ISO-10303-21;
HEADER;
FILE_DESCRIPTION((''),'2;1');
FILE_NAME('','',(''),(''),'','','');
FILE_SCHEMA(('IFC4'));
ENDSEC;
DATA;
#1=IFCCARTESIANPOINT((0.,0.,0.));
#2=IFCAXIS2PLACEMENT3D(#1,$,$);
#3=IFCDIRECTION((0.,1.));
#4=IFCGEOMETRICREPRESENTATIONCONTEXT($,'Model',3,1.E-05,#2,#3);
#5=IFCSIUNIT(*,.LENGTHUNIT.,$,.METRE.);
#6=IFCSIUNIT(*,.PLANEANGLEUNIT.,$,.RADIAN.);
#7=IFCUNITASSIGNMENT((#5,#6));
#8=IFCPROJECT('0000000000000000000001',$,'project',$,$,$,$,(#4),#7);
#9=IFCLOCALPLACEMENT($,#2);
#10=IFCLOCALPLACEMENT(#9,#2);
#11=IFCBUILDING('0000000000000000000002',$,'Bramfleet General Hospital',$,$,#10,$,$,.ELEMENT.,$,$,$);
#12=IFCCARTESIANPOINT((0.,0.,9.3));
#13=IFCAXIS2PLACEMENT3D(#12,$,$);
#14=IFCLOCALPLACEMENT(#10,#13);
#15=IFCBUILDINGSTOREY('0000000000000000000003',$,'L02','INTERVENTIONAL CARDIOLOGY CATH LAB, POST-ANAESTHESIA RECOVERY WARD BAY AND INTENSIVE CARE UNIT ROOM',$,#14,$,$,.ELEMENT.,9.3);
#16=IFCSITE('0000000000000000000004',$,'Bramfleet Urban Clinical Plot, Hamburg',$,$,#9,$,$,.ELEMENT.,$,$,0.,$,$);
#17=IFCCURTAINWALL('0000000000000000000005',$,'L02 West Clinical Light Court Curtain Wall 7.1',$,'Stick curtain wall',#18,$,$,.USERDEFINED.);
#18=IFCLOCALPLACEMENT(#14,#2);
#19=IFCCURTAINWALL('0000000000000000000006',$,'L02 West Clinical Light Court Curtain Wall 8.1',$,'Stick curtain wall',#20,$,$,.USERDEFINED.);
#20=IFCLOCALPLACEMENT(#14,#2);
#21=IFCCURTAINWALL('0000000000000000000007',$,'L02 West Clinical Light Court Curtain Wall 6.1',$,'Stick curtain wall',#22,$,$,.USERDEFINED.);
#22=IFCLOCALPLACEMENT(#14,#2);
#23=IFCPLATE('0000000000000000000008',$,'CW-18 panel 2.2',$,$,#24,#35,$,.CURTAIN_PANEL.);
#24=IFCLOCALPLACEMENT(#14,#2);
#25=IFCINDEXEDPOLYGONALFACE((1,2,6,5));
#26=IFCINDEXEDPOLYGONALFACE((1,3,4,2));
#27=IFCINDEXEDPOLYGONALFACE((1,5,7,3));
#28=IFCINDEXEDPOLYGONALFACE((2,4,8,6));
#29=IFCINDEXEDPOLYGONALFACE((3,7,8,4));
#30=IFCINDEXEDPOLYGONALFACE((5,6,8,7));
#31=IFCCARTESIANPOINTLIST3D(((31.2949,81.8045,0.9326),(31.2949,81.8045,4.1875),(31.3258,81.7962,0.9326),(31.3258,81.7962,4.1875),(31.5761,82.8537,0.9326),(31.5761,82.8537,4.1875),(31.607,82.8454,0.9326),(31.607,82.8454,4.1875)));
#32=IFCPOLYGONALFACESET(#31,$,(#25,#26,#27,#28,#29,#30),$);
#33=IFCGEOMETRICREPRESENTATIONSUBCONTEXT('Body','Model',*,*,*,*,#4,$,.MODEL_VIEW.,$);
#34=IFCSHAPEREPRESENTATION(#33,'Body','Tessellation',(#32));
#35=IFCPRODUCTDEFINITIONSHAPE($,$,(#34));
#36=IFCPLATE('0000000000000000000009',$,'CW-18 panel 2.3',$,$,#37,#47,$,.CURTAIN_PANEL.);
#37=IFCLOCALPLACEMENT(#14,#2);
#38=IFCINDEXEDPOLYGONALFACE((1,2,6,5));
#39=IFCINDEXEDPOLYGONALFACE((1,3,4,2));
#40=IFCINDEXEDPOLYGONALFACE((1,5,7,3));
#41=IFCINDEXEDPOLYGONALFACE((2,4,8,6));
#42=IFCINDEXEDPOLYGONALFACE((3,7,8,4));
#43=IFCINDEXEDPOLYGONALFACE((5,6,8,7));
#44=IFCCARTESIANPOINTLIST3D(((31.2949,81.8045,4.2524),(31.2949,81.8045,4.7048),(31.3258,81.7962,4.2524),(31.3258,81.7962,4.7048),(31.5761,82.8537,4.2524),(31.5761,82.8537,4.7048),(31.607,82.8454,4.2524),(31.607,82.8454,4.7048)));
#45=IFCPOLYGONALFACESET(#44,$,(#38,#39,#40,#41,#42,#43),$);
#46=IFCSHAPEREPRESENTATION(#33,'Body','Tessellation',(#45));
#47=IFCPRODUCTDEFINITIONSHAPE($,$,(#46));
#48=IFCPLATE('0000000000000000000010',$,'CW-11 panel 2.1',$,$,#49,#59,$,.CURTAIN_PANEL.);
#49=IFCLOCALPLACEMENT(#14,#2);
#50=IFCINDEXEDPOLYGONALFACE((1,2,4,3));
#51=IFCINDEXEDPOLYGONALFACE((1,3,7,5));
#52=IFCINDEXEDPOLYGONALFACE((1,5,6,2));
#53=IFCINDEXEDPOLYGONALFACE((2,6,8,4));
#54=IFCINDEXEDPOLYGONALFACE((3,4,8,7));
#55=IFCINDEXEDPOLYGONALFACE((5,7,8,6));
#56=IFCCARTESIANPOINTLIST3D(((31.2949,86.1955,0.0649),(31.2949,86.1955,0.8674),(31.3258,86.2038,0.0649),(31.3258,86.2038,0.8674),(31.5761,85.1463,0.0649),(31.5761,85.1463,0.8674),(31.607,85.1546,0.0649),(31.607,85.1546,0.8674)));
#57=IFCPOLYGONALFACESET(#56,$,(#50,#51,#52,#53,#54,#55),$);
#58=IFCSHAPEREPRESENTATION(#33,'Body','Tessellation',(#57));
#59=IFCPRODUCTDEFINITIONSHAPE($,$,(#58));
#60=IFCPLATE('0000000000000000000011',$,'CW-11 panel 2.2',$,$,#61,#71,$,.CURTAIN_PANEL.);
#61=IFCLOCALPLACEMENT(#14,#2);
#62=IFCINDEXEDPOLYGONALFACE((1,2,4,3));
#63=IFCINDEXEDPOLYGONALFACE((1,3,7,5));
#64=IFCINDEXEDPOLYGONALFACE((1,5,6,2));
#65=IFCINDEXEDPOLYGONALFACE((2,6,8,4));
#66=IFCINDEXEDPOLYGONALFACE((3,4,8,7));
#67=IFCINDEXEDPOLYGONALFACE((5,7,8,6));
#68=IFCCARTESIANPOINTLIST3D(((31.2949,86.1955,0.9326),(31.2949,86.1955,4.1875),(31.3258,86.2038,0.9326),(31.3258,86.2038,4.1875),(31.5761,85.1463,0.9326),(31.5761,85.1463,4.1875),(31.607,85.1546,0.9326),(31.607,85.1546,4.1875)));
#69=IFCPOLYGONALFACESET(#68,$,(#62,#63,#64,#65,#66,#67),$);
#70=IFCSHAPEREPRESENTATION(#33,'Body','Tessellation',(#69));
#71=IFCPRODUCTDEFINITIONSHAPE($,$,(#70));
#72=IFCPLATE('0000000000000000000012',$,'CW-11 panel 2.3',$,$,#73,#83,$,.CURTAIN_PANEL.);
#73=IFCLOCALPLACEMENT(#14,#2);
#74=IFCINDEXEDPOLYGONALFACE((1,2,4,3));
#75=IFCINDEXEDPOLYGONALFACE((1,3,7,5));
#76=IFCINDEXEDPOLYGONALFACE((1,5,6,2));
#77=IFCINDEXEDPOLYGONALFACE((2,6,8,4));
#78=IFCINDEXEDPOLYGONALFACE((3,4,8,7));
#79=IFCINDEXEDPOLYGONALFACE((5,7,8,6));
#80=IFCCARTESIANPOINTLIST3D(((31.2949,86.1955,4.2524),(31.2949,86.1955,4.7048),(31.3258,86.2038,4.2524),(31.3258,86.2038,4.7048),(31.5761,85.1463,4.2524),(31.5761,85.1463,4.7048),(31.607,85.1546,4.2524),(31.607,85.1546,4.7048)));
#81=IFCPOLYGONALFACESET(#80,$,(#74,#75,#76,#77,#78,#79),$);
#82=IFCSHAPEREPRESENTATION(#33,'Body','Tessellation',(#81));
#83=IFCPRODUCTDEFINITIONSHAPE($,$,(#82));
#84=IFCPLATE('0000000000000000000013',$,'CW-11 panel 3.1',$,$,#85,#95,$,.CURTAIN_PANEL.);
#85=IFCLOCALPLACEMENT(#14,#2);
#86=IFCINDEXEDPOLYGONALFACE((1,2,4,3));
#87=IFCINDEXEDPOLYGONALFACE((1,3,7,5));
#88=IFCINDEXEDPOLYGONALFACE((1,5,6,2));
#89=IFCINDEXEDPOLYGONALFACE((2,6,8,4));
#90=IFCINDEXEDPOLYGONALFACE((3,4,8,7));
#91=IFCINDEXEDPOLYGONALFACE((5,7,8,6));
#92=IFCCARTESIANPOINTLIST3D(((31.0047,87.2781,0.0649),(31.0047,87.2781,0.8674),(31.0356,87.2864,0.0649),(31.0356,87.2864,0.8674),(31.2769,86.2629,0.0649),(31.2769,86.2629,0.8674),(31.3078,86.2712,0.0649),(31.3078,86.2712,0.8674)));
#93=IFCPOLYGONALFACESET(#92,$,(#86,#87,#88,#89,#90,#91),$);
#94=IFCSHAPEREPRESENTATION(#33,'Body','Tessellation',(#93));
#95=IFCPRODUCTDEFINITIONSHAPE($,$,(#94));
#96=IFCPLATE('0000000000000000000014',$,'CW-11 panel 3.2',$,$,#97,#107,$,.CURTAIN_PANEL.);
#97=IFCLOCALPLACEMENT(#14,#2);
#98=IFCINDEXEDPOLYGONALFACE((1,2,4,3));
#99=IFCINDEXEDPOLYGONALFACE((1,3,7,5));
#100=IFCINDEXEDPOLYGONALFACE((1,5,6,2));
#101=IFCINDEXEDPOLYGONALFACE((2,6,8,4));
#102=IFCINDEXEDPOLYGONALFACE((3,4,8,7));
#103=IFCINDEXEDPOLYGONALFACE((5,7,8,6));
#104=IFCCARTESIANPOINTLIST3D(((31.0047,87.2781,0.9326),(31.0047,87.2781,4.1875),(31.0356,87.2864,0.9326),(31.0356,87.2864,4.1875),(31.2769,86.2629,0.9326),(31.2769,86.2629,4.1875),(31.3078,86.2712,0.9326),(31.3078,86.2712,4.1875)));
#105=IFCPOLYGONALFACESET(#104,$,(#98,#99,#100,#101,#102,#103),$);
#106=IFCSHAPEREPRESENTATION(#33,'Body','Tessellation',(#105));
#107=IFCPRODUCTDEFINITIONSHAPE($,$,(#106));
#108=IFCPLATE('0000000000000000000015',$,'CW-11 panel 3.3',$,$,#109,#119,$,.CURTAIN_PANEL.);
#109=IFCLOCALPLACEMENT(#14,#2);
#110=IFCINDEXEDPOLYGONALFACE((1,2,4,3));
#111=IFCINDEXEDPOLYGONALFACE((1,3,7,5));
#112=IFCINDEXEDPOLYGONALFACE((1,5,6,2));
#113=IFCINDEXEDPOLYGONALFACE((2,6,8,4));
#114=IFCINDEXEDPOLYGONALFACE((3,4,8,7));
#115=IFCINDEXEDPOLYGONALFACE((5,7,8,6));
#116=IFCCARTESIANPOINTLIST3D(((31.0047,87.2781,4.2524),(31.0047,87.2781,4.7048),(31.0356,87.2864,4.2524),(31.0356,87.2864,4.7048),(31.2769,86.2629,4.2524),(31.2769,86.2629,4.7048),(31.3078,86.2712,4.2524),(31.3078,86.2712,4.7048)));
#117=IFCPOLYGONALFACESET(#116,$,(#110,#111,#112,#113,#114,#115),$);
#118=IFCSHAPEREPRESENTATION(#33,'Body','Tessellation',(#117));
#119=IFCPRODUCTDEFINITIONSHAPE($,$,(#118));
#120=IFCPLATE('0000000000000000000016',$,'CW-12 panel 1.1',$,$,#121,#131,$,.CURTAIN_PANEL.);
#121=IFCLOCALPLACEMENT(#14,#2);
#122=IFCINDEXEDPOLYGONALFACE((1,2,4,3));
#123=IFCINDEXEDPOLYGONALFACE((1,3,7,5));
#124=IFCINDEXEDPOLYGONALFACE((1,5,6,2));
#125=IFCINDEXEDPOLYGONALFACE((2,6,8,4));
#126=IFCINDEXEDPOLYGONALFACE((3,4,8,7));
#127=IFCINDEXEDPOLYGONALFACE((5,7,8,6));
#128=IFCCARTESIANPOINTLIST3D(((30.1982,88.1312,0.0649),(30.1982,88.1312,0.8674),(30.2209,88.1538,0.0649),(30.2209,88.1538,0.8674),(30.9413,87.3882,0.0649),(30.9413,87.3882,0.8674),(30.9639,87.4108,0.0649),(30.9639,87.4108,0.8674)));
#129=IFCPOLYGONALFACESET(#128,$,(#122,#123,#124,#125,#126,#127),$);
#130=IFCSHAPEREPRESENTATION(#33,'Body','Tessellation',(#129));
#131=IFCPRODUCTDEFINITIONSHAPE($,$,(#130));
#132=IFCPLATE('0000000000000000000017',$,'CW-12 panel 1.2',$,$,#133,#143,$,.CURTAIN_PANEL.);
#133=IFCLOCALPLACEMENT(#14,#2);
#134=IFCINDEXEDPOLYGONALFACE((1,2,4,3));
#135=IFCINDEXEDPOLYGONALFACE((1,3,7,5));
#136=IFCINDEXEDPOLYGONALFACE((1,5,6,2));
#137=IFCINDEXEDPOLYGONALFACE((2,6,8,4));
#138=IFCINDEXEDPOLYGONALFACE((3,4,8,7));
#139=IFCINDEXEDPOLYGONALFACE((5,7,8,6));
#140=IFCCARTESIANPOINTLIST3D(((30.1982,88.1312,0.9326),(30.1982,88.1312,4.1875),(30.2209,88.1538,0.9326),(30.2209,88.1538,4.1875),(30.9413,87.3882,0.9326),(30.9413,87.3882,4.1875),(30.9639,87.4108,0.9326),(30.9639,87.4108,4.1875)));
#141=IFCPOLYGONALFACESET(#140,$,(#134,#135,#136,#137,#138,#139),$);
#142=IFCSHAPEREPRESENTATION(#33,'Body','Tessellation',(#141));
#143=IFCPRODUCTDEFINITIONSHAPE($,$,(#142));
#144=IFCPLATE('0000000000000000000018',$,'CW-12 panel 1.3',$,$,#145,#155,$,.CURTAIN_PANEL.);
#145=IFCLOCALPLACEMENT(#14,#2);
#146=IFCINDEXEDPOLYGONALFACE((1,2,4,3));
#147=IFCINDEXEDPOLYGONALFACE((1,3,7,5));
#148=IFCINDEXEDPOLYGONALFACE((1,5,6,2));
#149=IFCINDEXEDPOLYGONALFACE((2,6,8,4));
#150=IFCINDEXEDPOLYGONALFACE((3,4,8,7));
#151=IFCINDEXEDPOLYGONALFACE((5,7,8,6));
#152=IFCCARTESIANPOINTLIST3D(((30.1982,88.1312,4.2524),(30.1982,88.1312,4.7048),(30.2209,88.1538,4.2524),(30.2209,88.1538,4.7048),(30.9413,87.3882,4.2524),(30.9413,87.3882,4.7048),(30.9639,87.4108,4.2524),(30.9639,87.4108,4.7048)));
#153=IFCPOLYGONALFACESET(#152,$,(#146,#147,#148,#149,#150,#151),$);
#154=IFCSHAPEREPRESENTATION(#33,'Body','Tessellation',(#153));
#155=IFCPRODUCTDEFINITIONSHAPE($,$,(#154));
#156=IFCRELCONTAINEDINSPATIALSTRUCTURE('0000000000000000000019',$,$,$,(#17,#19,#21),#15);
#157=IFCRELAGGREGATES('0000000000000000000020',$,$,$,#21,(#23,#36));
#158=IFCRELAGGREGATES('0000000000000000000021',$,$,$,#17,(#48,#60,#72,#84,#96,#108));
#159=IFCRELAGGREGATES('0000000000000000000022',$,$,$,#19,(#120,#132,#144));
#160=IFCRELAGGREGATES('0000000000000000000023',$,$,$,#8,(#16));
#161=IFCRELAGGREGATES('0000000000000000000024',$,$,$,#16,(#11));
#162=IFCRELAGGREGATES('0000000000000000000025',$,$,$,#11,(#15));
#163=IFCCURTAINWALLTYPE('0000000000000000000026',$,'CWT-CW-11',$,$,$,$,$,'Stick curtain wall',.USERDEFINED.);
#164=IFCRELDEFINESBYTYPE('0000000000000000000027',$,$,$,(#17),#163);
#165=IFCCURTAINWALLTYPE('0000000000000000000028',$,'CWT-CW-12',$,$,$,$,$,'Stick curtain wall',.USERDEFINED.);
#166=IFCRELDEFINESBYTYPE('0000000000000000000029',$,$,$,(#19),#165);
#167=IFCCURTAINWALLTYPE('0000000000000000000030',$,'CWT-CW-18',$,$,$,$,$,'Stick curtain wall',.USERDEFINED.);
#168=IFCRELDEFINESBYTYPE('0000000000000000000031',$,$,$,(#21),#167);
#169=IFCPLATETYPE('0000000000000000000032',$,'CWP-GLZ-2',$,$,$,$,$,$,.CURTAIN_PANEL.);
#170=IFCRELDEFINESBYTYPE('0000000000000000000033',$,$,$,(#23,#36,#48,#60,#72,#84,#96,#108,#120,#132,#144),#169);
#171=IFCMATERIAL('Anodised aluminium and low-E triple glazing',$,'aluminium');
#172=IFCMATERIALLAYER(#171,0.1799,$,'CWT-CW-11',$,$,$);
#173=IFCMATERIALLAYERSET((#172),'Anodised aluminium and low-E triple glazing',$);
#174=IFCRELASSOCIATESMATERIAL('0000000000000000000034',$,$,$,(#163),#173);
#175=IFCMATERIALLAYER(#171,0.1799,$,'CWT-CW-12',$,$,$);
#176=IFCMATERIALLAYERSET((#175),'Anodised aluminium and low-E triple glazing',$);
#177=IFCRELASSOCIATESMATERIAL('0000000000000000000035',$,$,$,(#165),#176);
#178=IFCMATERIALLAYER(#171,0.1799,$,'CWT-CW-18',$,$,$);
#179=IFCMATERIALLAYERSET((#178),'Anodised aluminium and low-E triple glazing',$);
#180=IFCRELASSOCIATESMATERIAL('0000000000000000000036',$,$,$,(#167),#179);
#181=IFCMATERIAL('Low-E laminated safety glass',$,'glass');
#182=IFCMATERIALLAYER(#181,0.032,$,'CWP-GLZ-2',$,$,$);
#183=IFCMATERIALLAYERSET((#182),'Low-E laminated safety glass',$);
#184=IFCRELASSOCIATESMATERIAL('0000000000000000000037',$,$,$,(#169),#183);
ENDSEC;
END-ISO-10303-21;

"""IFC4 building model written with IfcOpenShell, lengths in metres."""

from ifc_helpers import new_model, si_unit, direction, frame, origin, origin_2d, place, context, subcontext, project, spatial, rectangle, extrude, material, layer, layer_set, type_object, element, aggregate, save


model = new_model("IFC4")

# Units and contexts
model_context = context("Model", 3, precision=1e-05, world=origin(), true_north=direction((0.0, 1.0)))
body_context = subcontext(model_context, "Body", "Model", "MODEL_VIEW")
ifc_project = project(units=[si_unit("LENGTHUNIT", "METRE"), si_unit("PLANEANGLEUNIT", "RADIAN")], contexts=[model_context])

# Site, building, storey
site_placement = place(None, origin())
site = spatial("IfcSite", under=ifc_project, at=site_placement, Name="Bramfleet Urban Clinical Plot, Hamburg", CompositionType="ELEMENT", RefElevation=0.0)
building_placement = place(site_placement, origin())
building = spatial("IfcBuilding", under=site, at=building_placement, Name="Bramfleet General Hospital", CompositionType="ELEMENT")
storey_placement = place(building_placement, frame((0.0, 0.0, 9.3)))
storey = spatial("IfcBuildingStorey", under=building, at=storey_placement, Name="L02", Description="INTERVENTIONAL CARDIOLOGY CATH LAB, POST-ANAESTHESIA RECOVERY WARD BAY AND INTENSIVE CARE UNIT ROOM", CompositionType="ELEMENT", Elevation=9.3)

# Curtain walls
ifc_material_1 = material(Name="Anodised aluminium and low-E triple glazing", Category="aluminium")
ifc_layer_1 = layer(ifc_material_1, 0.1799, Name="CWT-CW-11")
ifc_layer_set_1 = layer_set([ifc_layer_1], Name="Anodised aluminium and low-E triple glazing")
curtain_wall_type_1 = type_object("IfcCurtainWallType", Name="CWT-CW-11", ElementType="Stick curtain wall", PredefinedType="USERDEFINED", material=ifc_layer_set_1)
curtain_wall_1_placement = place(storey_placement, origin())
curtain_wall_1 = element("IfcCurtainWall", 1, at=curtain_wall_1_placement, inside=storey, type_object=curtain_wall_type_1, Name="L02 West Clinical Light Court Curtain Wall 7.1", ObjectType="Stick curtain wall", PredefinedType="USERDEFINED")
ifc_layer_2 = layer(ifc_material_1, 0.1799, Name="CWT-CW-12")
ifc_layer_set_2 = layer_set([ifc_layer_2], Name="Anodised aluminium and low-E triple glazing")
curtain_wall_type_2 = type_object("IfcCurtainWallType", Name="CWT-CW-12", ElementType="Stick curtain wall", PredefinedType="USERDEFINED", material=ifc_layer_set_2)
curtain_wall_2_placement = place(storey_placement, origin())
curtain_wall_2 = element("IfcCurtainWall", 2, at=curtain_wall_2_placement, inside=storey, type_object=curtain_wall_type_2, Name="L02 West Clinical Light Court Curtain Wall 8.1", ObjectType="Stick curtain wall", PredefinedType="USERDEFINED")

# Curtain wall
ifc_layer_3 = layer(ifc_material_1, 0.1799, Name="CWT-CW-18")
ifc_layer_set_3 = layer_set([ifc_layer_3], Name="Anodised aluminium and low-E triple glazing")
curtain_wall_type_3 = type_object("IfcCurtainWallType", Name="CWT-CW-18", ElementType="Stick curtain wall", PredefinedType="USERDEFINED", material=ifc_layer_set_3)
curtain_wall_3_placement = place(storey_placement, origin())
curtain_wall_3 = element("IfcCurtainWall", 3, at=curtain_wall_3_placement, inside=storey, type_object=curtain_wall_type_3, Name="L02 West Clinical Light Court Curtain Wall 6.1", ObjectType="Stick curtain wall", PredefinedType="USERDEFINED")

# Plates
ifc_material_2 = material(Name="Low-E laminated safety glass", Category="glass")
ifc_layer_4 = layer(ifc_material_2, 0.032, Name="CWP-GLZ-2")
ifc_layer_set_4 = layer_set([ifc_layer_4], Name="Low-E laminated safety glass")
plate_type = type_object("IfcPlateType", Name="CWP-GLZ-2", PredefinedType="CURTAIN_PANEL", material=ifc_layer_set_4)
plate_1_placement = place(storey_placement, frame((31.4509, 82.325, 0.9326), z_axis=(0.0, 0.0, 1.0), x_axis=(0.258919, 0.965899, 0.0)))
plate_1 = element("IfcPlate", 4, at=plate_1_placement, type_object=plate_type, Name="CW-18 panel 2.2", PredefinedType="CURTAIN_PANEL", context=body_context, shape_type="SweptSolid", body=[
    extrude(rectangle(XDim=1.0862, YDim=0.032, at=origin_2d()), origin(), (0.0, 0.0, 1.0), 3.2549),
])
plate_2_placement = place(storey_placement, frame((31.4509, 82.325, 4.2524), z_axis=(0.0, 0.0, 1.0), x_axis=(0.258919, 0.965899, 0.0)))
plate_2 = element("IfcPlate", 5, at=plate_2_placement, type_object=plate_type, Name="CW-18 panel 2.3", PredefinedType="CURTAIN_PANEL", context=body_context, shape_type="SweptSolid", body=[
    extrude(rectangle(XDim=1.0862, YDim=0.032, at=origin_2d()), origin(), (0.0, 0.0, 1.0), 0.4524),
])
aggregate(curtain_wall_3, [plate_1, plate_2])
plate_3_placement = place(storey_placement, frame((31.4509, 85.675, 0.0649), z_axis=(0.0, 0.0, 1.0), x_axis=(-0.258919, 0.965899, 0.0)))
plate_3 = element("IfcPlate", 6, at=plate_3_placement, type_object=plate_type, Name="CW-11 panel 2.1", PredefinedType="CURTAIN_PANEL", context=body_context, shape_type="SweptSolid", body=[
    extrude(rectangle(XDim=1.0862, YDim=0.032, at=origin_2d()), origin(), (0.0, 0.0, 1.0), 0.8025),
])
plate_4_placement = place(storey_placement, frame((31.4509, 85.675, 0.9326), z_axis=(0.0, 0.0, 1.0), x_axis=(-0.258919, 0.965899, 0.0)))
plate_4 = element("IfcPlate", 7, at=plate_4_placement, type_object=plate_type, Name="CW-11 panel 2.2", PredefinedType="CURTAIN_PANEL", context=body_context, shape_type="SweptSolid", body=[
    extrude(rectangle(XDim=1.0862, YDim=0.032, at=origin_2d()), origin(), (0.0, 0.0, 1.0), 3.2549),
])
plate_5_placement = place(storey_placement, frame((31.4509, 85.675, 4.2524), z_axis=(0.0, 0.0, 1.0), x_axis=(-0.258919, 0.965899, 0.0)))
plate_5 = element("IfcPlate", 8, at=plate_5_placement, type_object=plate_type, Name="CW-11 panel 2.3", PredefinedType="CURTAIN_PANEL", context=body_context, shape_type="SweptSolid", body=[
    extrude(rectangle(XDim=1.0862, YDim=0.032, at=origin_2d()), origin(), (0.0, 0.0, 1.0), 0.4524),
])
plate_6_placement = place(storey_placement, frame((31.1562, 86.7747, 0.0649), z_axis=(0.0, 0.0, 1.0), x_axis=(-0.258919, 0.965899, 0.0)))
plate_6 = element("IfcPlate", 9, at=plate_6_placement, type_object=plate_type, Name="CW-11 panel 3.1", PredefinedType="CURTAIN_PANEL", context=body_context, shape_type="SweptSolid", body=[
    extrude(rectangle(XDim=1.051, YDim=0.032, at=origin_2d()), origin(), (0.0, 0.0, 1.0), 0.8025),
])
plate_7_placement = place(storey_placement, frame((31.1562, 86.7747, 0.9326), z_axis=(0.0, 0.0, 1.0), x_axis=(-0.258919, 0.965899, 0.0)))
plate_7 = element("IfcPlate", 10, at=plate_7_placement, type_object=plate_type, Name="CW-11 panel 3.2", PredefinedType="CURTAIN_PANEL", context=body_context, shape_type="SweptSolid", body=[
    extrude(rectangle(XDim=1.051, YDim=0.032, at=origin_2d()), origin(), (0.0, 0.0, 1.0), 3.2549),
])
plate_8_placement = place(storey_placement, frame((31.1562, 86.7747, 4.2524), z_axis=(0.0, 0.0, 1.0), x_axis=(-0.258919, 0.965899, 0.0)))
plate_8 = element("IfcPlate", 11, at=plate_8_placement, type_object=plate_type, Name="CW-11 panel 3.3", PredefinedType="CURTAIN_PANEL", context=body_context, shape_type="SweptSolid", body=[
    extrude(rectangle(XDim=1.051, YDim=0.032, at=origin_2d()), origin(), (0.0, 0.0, 1.0), 0.4524),
])
aggregate(curtain_wall_1, [plate_3, plate_4, plate_5, plate_6, plate_7, plate_8])
plate_9_placement = place(storey_placement, frame((30.5811, 87.771, 0.0649), z_axis=(0.0, 0.0, 1.0), x_axis=(-0.707107, 0.707107, 0.0)))
plate_9 = element("IfcPlate", 12, at=plate_9_placement, type_object=plate_type, Name="CW-12 panel 1.1", PredefinedType="CURTAIN_PANEL", context=body_context, shape_type="SweptSolid", body=[
    extrude(rectangle(XDim=1.0508, YDim=0.032, at=origin_2d()), origin(), (0.0, 0.0, 1.0), 0.8025),
])
plate_10_placement = place(storey_placement, frame((30.5811, 87.771, 0.9326), z_axis=(0.0, 0.0, 1.0), x_axis=(-0.707107, 0.707107, 0.0)))
plate_10 = element("IfcPlate", 13, at=plate_10_placement, type_object=plate_type, Name="CW-12 panel 1.2", PredefinedType="CURTAIN_PANEL", context=body_context, shape_type="SweptSolid", body=[
    extrude(rectangle(XDim=1.0508, YDim=0.032, at=origin_2d()), origin(), (0.0, 0.0, 1.0), 3.2549),
])
plate_11_placement = place(storey_placement, frame((30.5811, 87.771, 4.2524), z_axis=(0.0, 0.0, 1.0), x_axis=(-0.707107, 0.707107, 0.0)))
plate_11 = element("IfcPlate", 14, at=plate_11_placement, type_object=plate_type, Name="CW-12 panel 1.3", PredefinedType="CURTAIN_PANEL", context=body_context, shape_type="SweptSolid", body=[
    extrude(rectangle(XDim=1.0508, YDim=0.032, at=origin_2d()), origin(), (0.0, 0.0, 1.0), 0.4524),
])
aggregate(curtain_wall_2, [plate_9, plate_10, plate_11])

save(model, "model.ifc")
